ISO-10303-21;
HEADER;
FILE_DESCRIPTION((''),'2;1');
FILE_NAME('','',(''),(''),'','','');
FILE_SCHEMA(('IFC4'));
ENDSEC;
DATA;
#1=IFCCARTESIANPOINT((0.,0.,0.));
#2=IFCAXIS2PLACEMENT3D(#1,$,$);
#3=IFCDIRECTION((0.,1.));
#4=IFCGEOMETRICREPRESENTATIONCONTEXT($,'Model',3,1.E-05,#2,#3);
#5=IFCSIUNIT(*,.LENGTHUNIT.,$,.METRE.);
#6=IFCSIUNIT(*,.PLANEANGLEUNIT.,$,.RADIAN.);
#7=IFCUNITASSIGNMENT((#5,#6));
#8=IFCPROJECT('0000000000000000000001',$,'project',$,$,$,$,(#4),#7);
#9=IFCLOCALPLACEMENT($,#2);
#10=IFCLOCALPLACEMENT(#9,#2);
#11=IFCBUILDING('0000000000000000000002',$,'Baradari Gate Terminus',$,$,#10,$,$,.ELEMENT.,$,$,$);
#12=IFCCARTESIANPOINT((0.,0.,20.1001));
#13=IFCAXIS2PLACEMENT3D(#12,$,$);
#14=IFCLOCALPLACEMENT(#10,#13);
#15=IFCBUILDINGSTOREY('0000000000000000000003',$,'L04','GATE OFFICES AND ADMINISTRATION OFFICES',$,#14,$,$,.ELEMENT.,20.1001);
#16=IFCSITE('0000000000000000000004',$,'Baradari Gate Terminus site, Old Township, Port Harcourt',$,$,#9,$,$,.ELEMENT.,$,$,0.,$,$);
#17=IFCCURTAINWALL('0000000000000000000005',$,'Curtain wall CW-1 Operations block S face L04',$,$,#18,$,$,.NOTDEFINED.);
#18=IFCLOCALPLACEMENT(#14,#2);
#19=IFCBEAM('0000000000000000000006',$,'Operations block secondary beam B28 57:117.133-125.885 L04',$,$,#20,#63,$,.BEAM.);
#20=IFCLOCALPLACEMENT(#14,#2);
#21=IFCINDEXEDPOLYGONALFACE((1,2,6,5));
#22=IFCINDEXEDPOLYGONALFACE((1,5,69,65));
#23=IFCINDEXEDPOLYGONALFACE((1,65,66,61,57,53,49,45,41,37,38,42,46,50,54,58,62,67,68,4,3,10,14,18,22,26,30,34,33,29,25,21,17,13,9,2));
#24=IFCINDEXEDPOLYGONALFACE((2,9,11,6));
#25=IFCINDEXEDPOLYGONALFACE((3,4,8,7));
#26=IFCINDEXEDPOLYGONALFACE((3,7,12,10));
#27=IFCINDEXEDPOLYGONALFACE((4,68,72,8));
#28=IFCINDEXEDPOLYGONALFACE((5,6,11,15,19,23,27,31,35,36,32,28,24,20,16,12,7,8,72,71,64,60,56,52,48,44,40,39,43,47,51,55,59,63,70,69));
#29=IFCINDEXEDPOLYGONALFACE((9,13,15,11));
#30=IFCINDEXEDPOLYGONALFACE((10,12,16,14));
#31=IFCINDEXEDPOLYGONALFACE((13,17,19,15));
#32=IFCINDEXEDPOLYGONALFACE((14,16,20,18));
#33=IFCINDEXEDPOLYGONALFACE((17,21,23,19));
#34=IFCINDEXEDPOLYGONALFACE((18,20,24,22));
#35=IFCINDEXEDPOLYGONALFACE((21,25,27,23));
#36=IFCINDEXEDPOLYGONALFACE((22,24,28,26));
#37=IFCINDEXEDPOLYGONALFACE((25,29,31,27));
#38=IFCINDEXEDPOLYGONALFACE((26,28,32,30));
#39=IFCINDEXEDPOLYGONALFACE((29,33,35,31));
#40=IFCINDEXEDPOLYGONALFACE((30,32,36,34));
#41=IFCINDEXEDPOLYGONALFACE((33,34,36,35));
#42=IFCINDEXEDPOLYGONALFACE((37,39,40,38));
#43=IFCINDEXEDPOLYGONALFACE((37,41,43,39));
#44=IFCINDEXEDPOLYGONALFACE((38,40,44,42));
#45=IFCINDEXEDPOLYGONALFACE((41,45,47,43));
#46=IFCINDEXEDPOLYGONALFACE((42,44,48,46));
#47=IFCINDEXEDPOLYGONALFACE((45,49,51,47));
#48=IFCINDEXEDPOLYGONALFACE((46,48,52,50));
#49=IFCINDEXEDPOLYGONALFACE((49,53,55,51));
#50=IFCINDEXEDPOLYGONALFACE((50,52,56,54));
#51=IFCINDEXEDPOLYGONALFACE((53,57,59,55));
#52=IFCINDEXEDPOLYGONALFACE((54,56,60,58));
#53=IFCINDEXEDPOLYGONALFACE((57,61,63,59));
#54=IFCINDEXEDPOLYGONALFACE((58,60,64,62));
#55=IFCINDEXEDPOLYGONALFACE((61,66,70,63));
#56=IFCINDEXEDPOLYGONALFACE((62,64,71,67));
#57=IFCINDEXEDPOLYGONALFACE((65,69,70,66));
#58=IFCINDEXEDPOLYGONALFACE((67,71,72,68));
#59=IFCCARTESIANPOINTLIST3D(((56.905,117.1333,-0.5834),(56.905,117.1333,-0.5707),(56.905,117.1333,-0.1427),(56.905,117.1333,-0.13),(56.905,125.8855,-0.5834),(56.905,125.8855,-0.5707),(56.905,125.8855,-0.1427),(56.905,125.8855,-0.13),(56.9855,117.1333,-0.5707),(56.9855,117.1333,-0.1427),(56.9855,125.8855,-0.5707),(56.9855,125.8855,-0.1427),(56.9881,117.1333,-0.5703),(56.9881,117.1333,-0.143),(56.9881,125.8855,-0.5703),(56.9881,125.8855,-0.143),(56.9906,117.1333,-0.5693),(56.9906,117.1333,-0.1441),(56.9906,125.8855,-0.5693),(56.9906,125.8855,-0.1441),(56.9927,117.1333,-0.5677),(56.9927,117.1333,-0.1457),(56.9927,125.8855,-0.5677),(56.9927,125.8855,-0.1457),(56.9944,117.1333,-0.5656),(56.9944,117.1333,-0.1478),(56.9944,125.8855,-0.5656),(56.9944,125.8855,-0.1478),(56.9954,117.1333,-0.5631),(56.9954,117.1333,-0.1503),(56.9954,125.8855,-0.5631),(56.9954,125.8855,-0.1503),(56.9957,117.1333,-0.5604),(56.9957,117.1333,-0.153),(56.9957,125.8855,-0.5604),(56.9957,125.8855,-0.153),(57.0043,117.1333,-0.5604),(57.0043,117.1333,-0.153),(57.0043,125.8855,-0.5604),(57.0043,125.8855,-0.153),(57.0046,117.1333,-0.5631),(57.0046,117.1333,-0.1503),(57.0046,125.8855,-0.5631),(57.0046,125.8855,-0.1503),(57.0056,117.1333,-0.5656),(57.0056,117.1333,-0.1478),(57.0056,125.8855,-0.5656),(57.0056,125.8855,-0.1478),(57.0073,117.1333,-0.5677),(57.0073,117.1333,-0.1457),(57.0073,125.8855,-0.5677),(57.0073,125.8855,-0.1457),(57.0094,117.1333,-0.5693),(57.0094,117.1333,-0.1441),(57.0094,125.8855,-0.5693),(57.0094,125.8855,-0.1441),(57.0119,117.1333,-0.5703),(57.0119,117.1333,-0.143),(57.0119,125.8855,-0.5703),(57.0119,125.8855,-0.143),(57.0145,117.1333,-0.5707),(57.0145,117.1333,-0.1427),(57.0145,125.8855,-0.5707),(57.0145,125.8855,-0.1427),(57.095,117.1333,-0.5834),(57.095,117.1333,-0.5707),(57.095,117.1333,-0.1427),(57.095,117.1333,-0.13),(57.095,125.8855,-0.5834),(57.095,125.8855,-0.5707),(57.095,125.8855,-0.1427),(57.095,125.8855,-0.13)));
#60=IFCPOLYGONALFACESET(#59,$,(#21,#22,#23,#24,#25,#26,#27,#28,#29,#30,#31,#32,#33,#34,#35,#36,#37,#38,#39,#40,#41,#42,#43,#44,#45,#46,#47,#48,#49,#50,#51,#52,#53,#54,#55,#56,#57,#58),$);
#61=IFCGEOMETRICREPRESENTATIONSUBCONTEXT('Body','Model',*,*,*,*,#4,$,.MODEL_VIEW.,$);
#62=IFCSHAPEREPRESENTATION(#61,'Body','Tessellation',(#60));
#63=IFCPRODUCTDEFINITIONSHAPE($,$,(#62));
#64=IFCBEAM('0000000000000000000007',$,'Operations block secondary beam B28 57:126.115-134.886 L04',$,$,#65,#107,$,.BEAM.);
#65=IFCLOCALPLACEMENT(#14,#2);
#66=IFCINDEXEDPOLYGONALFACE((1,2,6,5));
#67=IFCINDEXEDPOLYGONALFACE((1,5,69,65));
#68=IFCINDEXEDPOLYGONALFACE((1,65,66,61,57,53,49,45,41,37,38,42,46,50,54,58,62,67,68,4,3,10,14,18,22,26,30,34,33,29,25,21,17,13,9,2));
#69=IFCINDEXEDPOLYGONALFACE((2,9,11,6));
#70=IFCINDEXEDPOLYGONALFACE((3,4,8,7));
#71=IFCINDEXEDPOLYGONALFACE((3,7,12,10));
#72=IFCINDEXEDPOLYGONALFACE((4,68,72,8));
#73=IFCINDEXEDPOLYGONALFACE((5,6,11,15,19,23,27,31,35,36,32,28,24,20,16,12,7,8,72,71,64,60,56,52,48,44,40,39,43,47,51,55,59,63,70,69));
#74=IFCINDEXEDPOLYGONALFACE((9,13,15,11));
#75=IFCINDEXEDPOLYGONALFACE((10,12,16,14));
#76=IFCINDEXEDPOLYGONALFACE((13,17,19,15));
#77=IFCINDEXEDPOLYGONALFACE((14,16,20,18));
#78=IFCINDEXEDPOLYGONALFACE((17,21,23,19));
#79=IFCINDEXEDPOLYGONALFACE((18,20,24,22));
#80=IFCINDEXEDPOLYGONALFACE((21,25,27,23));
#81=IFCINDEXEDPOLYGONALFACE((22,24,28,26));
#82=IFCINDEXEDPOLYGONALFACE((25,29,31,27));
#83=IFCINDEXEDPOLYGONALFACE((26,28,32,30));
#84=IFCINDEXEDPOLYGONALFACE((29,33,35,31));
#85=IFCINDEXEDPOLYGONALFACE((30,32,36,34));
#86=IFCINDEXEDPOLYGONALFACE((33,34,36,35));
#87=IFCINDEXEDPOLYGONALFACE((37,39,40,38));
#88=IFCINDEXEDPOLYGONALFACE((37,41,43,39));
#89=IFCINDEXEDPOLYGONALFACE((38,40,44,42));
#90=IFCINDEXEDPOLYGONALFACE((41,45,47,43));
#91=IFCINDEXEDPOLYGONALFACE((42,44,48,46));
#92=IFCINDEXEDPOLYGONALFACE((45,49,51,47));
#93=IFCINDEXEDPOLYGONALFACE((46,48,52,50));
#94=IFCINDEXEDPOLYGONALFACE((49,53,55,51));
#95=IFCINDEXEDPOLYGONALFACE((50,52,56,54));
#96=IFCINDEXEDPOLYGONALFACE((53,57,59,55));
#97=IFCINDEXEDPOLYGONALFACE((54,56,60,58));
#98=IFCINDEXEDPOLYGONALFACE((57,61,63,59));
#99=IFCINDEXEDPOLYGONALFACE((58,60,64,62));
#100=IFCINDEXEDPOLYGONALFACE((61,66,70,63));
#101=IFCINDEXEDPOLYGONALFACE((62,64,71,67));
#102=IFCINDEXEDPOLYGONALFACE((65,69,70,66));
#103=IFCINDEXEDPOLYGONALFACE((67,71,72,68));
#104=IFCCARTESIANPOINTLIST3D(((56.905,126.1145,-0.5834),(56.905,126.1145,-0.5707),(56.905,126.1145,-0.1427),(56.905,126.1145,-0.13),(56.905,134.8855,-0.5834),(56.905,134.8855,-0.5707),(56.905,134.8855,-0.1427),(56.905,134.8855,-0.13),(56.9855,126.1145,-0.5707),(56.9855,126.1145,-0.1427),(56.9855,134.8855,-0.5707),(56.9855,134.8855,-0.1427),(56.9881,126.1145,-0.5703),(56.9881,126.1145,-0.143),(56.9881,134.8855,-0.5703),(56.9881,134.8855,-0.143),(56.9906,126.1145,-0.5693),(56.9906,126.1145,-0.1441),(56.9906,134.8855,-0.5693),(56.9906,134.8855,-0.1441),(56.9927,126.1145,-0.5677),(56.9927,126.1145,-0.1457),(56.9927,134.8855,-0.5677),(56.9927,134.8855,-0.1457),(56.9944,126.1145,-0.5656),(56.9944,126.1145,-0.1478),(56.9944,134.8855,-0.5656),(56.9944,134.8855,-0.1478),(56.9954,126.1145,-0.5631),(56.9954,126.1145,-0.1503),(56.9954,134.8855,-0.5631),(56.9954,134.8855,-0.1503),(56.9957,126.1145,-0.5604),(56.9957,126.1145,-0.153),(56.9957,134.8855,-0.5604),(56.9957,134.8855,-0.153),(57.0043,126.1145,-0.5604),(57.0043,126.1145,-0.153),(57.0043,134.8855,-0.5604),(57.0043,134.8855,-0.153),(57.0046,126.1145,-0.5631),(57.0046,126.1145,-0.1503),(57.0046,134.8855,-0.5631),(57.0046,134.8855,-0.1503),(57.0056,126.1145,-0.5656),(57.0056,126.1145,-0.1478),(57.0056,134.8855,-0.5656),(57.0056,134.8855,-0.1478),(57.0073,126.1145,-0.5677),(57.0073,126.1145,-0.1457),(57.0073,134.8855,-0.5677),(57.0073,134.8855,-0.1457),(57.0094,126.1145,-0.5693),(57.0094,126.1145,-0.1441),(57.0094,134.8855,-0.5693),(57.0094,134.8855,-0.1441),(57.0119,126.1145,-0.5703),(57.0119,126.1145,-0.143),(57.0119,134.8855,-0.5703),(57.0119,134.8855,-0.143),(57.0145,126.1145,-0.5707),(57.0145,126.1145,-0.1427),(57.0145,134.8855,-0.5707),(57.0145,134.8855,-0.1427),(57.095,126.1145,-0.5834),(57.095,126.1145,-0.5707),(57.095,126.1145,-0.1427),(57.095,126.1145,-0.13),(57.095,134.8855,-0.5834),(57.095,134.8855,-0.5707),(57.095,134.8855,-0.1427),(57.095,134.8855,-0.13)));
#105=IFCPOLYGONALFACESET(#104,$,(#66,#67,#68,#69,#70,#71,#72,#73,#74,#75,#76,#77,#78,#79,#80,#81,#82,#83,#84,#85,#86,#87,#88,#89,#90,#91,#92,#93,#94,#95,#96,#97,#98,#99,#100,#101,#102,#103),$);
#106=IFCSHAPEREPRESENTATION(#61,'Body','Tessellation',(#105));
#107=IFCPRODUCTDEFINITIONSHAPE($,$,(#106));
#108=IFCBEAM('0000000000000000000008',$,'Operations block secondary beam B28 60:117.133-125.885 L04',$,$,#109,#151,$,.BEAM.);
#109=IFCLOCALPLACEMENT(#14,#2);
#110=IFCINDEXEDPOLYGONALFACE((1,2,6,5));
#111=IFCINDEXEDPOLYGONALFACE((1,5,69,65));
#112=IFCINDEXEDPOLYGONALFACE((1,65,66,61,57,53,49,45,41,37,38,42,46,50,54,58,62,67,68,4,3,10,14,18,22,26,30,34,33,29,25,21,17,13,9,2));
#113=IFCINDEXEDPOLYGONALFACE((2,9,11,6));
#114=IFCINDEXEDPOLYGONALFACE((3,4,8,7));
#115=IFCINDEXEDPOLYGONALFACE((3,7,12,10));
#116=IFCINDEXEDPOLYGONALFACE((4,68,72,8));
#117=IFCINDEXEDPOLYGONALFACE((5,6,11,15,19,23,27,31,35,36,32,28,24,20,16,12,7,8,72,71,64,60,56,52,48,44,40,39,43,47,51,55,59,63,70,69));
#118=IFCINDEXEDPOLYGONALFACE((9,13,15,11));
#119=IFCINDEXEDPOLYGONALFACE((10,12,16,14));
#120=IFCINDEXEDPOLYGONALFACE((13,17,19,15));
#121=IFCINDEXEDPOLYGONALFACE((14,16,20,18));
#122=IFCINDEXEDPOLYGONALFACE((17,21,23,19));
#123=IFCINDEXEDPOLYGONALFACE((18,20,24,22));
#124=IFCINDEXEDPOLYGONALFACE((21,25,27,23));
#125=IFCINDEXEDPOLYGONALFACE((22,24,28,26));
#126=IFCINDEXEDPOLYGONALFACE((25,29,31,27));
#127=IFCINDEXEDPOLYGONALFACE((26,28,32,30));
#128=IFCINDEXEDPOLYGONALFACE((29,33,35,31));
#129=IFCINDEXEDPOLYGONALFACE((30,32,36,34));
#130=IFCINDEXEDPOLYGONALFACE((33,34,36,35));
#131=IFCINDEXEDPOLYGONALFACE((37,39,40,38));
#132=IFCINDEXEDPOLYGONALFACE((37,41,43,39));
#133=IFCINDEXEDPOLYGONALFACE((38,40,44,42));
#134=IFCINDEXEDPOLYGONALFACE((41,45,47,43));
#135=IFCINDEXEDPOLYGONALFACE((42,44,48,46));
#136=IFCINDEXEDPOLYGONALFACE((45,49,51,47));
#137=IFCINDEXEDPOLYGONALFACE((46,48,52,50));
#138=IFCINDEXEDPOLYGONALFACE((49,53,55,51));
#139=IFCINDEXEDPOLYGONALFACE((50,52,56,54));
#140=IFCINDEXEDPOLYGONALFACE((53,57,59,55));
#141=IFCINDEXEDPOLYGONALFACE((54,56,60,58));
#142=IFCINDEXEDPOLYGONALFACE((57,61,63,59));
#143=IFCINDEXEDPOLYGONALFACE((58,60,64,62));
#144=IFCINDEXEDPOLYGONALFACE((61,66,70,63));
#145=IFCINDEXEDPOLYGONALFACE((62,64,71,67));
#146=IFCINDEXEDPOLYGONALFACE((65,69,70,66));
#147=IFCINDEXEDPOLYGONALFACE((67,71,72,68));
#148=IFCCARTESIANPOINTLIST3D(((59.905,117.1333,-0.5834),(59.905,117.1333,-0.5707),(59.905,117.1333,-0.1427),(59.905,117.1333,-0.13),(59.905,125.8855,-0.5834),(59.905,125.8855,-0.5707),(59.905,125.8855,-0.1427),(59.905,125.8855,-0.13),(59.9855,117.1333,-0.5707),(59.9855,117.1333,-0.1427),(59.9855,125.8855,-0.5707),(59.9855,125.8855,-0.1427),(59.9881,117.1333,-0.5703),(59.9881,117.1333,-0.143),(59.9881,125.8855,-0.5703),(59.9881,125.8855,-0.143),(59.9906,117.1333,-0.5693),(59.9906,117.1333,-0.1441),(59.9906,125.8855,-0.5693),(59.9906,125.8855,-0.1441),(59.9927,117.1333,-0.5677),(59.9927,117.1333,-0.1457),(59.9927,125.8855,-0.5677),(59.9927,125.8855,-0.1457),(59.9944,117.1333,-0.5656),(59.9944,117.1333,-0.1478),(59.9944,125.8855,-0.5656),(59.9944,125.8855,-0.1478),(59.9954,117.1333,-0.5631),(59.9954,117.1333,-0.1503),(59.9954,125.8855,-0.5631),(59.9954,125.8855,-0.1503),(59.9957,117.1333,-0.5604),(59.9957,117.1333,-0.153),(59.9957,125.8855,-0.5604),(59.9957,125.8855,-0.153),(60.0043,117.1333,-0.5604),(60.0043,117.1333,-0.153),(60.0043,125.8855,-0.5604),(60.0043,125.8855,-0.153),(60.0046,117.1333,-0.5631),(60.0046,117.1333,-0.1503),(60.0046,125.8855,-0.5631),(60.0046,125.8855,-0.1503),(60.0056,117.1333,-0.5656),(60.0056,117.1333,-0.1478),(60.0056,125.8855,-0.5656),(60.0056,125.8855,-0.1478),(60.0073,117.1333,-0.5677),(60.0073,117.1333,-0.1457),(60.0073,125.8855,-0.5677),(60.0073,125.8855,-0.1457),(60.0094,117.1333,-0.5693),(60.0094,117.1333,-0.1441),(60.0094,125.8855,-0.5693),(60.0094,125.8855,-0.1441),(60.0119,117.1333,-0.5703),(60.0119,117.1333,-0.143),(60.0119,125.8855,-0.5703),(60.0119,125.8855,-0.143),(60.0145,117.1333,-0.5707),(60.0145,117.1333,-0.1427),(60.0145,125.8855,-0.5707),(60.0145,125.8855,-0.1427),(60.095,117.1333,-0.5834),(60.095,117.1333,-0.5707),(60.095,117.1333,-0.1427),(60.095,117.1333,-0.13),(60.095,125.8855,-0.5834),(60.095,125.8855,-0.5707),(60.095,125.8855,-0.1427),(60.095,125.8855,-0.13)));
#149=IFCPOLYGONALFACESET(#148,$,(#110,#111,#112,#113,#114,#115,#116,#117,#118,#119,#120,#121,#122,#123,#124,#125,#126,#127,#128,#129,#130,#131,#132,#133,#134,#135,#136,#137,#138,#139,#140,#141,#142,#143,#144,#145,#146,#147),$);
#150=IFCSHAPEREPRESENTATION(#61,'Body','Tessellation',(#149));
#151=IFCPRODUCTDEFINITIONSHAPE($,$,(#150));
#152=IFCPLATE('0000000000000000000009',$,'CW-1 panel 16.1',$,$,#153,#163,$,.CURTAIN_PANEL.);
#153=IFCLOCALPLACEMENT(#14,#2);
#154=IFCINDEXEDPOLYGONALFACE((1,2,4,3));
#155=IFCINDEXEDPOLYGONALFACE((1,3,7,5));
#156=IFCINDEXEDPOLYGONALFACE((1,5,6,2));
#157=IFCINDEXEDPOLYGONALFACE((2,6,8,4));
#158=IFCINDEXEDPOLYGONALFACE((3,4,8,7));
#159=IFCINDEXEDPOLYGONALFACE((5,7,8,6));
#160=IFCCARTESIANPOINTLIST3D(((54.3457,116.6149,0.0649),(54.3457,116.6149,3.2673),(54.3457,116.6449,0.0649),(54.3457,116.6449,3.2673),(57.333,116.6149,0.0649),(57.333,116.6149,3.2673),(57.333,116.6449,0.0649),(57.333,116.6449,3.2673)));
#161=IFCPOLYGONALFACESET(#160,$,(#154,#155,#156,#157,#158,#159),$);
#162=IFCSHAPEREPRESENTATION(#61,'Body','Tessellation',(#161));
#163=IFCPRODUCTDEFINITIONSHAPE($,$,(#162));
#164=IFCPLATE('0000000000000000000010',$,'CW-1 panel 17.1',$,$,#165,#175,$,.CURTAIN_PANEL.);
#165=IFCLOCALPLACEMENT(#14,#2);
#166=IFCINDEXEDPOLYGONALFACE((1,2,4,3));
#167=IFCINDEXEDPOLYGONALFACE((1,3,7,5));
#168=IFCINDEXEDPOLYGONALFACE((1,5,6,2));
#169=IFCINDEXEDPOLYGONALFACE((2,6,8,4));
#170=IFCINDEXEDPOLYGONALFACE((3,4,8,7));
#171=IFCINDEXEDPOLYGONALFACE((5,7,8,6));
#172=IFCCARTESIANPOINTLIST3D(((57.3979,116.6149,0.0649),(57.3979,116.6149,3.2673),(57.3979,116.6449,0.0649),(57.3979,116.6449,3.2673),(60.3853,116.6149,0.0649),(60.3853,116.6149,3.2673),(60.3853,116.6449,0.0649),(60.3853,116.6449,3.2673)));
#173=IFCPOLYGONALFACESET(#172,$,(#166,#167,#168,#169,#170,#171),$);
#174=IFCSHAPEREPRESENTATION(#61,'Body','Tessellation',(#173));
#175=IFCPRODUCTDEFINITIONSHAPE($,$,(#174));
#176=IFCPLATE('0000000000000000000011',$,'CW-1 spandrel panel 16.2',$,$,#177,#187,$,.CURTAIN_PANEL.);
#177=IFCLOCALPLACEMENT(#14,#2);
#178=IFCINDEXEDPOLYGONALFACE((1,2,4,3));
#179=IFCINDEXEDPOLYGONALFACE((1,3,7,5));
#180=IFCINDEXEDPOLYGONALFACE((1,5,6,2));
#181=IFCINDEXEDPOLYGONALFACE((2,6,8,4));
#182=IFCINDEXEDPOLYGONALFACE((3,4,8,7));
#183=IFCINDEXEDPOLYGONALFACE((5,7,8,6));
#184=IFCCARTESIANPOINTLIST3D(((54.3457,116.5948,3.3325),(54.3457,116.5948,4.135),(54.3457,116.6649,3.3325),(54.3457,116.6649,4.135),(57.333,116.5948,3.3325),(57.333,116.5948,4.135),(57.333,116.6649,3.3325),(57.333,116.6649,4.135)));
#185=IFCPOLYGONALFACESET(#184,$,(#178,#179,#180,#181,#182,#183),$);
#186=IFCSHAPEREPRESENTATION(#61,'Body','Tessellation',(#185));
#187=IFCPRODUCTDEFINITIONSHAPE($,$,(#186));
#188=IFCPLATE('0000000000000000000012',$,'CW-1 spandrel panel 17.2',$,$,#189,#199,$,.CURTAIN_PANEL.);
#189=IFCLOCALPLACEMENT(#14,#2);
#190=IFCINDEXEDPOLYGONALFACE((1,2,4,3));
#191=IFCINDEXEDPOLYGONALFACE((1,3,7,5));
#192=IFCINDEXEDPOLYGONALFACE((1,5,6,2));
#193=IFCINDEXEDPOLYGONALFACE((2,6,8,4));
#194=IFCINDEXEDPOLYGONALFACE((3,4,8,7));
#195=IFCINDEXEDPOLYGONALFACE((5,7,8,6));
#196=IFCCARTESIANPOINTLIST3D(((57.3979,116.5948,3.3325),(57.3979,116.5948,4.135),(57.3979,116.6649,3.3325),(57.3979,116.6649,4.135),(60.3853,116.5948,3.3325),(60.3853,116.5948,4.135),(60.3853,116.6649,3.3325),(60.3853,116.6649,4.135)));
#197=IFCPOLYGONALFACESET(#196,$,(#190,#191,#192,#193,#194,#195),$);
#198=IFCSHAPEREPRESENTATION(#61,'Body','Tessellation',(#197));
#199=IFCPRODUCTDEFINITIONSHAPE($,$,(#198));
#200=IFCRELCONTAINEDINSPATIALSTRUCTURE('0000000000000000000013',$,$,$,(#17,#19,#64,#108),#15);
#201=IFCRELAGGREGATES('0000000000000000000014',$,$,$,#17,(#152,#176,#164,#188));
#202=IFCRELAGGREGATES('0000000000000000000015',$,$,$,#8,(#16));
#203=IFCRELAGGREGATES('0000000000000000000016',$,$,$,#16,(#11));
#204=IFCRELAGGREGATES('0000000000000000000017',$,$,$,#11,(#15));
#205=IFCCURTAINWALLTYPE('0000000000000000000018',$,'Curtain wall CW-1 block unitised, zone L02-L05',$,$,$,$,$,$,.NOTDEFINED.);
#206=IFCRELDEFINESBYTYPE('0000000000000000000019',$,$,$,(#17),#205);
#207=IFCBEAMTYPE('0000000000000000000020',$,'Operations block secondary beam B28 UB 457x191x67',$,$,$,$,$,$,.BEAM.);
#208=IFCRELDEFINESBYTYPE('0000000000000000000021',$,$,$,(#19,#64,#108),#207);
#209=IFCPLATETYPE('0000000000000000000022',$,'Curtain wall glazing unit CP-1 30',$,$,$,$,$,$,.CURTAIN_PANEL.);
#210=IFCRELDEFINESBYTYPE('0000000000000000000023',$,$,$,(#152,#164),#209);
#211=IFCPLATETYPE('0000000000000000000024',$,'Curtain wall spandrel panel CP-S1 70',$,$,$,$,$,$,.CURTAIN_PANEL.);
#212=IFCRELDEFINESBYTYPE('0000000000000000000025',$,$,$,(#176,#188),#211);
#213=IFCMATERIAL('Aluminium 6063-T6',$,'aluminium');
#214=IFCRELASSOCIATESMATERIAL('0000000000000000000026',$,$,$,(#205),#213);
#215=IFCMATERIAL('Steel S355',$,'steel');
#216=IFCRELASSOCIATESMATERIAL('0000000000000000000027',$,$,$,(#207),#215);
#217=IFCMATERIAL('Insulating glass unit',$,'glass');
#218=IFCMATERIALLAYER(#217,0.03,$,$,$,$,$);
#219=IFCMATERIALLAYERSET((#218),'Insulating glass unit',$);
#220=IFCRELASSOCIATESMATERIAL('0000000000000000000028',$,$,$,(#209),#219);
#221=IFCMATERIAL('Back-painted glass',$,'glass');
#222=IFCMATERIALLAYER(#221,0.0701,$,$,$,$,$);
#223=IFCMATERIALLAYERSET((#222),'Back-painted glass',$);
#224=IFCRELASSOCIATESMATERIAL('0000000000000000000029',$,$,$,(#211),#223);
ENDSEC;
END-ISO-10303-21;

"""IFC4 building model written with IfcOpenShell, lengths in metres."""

from ifc_helpers import new_model, si_unit, direction, frame, origin, origin_2d, place, context, subcontext, project, spatial, rectangle, i_section, extrude, material, layer, layer_set, material_profile, profile_set, type_object, element, aggregate, save


model = new_model("IFC4")

# Units and contexts
model_context = context("Model", 3, precision=1e-05, world=origin(), true_north=direction((0.0, 1.0)))
body_context = subcontext(model_context, "Body", "Model", "MODEL_VIEW")
ifc_project = project(units=[si_unit("LENGTHUNIT", "METRE"), si_unit("PLANEANGLEUNIT", "RADIAN")], contexts=[model_context])

# Site, building, storey
site_placement = place(None, origin())
site = spatial("IfcSite", under=ifc_project, at=site_placement, Name="Baradari Gate Terminus site, Old Township, Port Harcourt", CompositionType="ELEMENT", RefElevation=0.0)
building_placement = place(site_placement, origin())
building = spatial("IfcBuilding", under=site, at=building_placement, Name="Baradari Gate Terminus", CompositionType="ELEMENT")
storey_placement = place(building_placement, frame((0.0, 0.0, 20.1001)))
storey = spatial("IfcBuildingStorey", under=building, at=storey_placement, Name="L04", Description="GATE OFFICES AND ADMINISTRATION OFFICES", CompositionType="ELEMENT", Elevation=20.1001)

# Curtain wall
ifc_material_1 = material(Name="Aluminium 6063-T6", Category="aluminium")
curtain_wall_type = type_object("IfcCurtainWallType", Name="Curtain wall CW-1 block unitised, zone L02-L05", PredefinedType="NOTDEFINED", material=ifc_material_1)
curtain_wall_placement = place(storey_placement, origin())
curtain_wall = element("IfcCurtainWall", 1, at=curtain_wall_placement, inside=storey, type_object=curtain_wall_type, Name="Curtain wall CW-1 Operations block S face L04", PredefinedType="NOTDEFINED")

# Beams
ifc_material_2 = material(Name="Steel S355", Category="steel")
ifc_material_profile_1 = material_profile(ifc_material_2, i_section(OverallWidth=0.1899, OverallDepth=0.4534, WebThickness=0.0085, FlangeThickness=0.0127, FilletRadius=0.0103, at=origin_2d()), Name="UB 457x191x67")
ifc_profile_set_1 = profile_set([ifc_material_profile_1], Name="Steel S355")
beam_type_1 = type_object("IfcBeamType", Name="Operations block secondary beam B28 UB 457x191x67", PredefinedType="BEAM", material=ifc_profile_set_1)
beam_1_placement = place(storey_placement, frame((57.0, 117.1333, -0.3567), z_axis=(0.0, 1.0, 0.0), x_axis=(-1.0, 0.0, 0.0)))
element("IfcBeam", 2, at=beam_1_placement, inside=storey, type_object=beam_type_1, Name="Operations block secondary beam B28 57:117.133-125.885 L04", PredefinedType="BEAM", context=body_context, shape_type="SweptSolid", body=[
    extrude(i_section(OverallWidth=0.1899, OverallDepth=0.4534, WebThickness=0.0085, FlangeThickness=0.0127, FilletRadius=0.0103, at=origin_2d()), origin(), (0.0, 0.0, 1.0), 8.7522),
])
beam_2_placement = place(storey_placement, frame((57.0, 126.1145, -0.3567), z_axis=(0.0, 1.0, 0.0), x_axis=(-1.0, 0.0, 0.0)))
element("IfcBeam", 3, at=beam_2_placement, inside=storey, type_object=beam_type_1, Name="Operations block secondary beam B28 57:126.115-134.886 L04", PredefinedType="BEAM", context=body_context, shape_type="SweptSolid", body=[
    extrude(i_section(OverallWidth=0.1899, OverallDepth=0.4534, WebThickness=0.0085, FlangeThickness=0.0127, FilletRadius=0.0103, at=origin_2d()), origin(), (0.0, 0.0, 1.0), 8.771),
])
beam_3_placement = place(storey_placement, frame((60.0, 117.1333, -0.3567), z_axis=(0.0, 1.0, 0.0), x_axis=(-1.0, 0.0, 0.0)))
element("IfcBeam", 4, at=beam_3_placement, inside=storey, type_object=beam_type_1, Name="Operations block secondary beam B28 60:117.133-125.885 L04", PredefinedType="BEAM", context=body_context, shape_type="SweptSolid", body=[
    extrude(i_section(OverallWidth=0.1899, OverallDepth=0.4534, WebThickness=0.0085, FlangeThickness=0.0127, FilletRadius=0.0103, at=origin_2d()), origin(), (0.0, 0.0, 1.0), 8.7522),
])

# Plates
ifc_material_3 = material(Name="Insulating glass unit", Category="glass")
ifc_layer_1 = layer(ifc_material_3, 0.03)
ifc_layer_set_1 = layer_set([ifc_layer_1], Name="Insulating glass unit")
plate_type_1 = type_object("IfcPlateType", Name="Curtain wall glazing unit CP-1 30", PredefinedType="CURTAIN_PANEL", material=ifc_layer_set_1)
plate_1_placement = place(storey_placement, frame((55.8394, 116.6299, 0.0649), z_axis=(0.0, 0.0, 1.0), x_axis=(1.0, 0.0, 0.0)))
plate_1 = element("IfcPlate", 5, at=plate_1_placement, type_object=plate_type_1, Name="CW-1 panel 16.1", PredefinedType="CURTAIN_PANEL", context=body_context, shape_type="SweptSolid", body=[
    extrude(rectangle(XDim=2.9873, YDim=0.03, at=origin_2d()), origin(), (0.0, 0.0, 1.0), 3.2024),
])
plate_2_placement = place(storey_placement, frame((58.8916, 116.6299, 0.0649), z_axis=(0.0, 0.0, 1.0), x_axis=(1.0, 0.0, 0.0)))
plate_2 = element("IfcPlate", 6, at=plate_2_placement, type_object=plate_type_1, Name="CW-1 panel 17.1", PredefinedType="CURTAIN_PANEL", context=body_context, shape_type="SweptSolid", body=[
    extrude(rectangle(XDim=2.9873, YDim=0.03, at=origin_2d()), origin(), (0.0, 0.0, 1.0), 3.2024),
])
ifc_material_4 = material(Name="Back-painted glass", Category="glass")
ifc_layer_2 = layer(ifc_material_4, 0.0701)
ifc_layer_set_2 = layer_set([ifc_layer_2], Name="Back-painted glass")
plate_type_2 = type_object("IfcPlateType", Name="Curtain wall spandrel panel CP-S1 70", PredefinedType="CURTAIN_PANEL", material=ifc_layer_set_2)
plate_3_placement = place(storey_placement, frame((55.8394, 116.6299, 3.3325), z_axis=(0.0, 0.0, 1.0), x_axis=(1.0, 0.0, 0.0)))
plate_3 = element("IfcPlate", 7, at=plate_3_placement, type_object=plate_type_2, Name="CW-1 spandrel panel 16.2", PredefinedType="CURTAIN_PANEL", context=body_context, shape_type="SweptSolid", body=[
    extrude(rectangle(XDim=2.9873, YDim=0.0701, at=origin_2d()), origin(), (0.0, 0.0, 1.0), 0.8025),
])
plate_4_placement = place(storey_placement, frame((58.8916, 116.6299, 3.3325), z_axis=(0.0, 0.0, 1.0), x_axis=(1.0, 0.0, 0.0)))
plate_4 = element("IfcPlate", 8, at=plate_4_placement, type_object=plate_type_2, Name="CW-1 spandrel panel 17.2", PredefinedType="CURTAIN_PANEL", context=body_context, shape_type="SweptSolid", body=[
    extrude(rectangle(XDim=2.9873, YDim=0.0701, at=origin_2d()), origin(), (0.0, 0.0, 1.0), 0.8025),
])
aggregate(curtain_wall, [plate_1, plate_3, plate_2, plate_4])

save(model, "model.ifc")
